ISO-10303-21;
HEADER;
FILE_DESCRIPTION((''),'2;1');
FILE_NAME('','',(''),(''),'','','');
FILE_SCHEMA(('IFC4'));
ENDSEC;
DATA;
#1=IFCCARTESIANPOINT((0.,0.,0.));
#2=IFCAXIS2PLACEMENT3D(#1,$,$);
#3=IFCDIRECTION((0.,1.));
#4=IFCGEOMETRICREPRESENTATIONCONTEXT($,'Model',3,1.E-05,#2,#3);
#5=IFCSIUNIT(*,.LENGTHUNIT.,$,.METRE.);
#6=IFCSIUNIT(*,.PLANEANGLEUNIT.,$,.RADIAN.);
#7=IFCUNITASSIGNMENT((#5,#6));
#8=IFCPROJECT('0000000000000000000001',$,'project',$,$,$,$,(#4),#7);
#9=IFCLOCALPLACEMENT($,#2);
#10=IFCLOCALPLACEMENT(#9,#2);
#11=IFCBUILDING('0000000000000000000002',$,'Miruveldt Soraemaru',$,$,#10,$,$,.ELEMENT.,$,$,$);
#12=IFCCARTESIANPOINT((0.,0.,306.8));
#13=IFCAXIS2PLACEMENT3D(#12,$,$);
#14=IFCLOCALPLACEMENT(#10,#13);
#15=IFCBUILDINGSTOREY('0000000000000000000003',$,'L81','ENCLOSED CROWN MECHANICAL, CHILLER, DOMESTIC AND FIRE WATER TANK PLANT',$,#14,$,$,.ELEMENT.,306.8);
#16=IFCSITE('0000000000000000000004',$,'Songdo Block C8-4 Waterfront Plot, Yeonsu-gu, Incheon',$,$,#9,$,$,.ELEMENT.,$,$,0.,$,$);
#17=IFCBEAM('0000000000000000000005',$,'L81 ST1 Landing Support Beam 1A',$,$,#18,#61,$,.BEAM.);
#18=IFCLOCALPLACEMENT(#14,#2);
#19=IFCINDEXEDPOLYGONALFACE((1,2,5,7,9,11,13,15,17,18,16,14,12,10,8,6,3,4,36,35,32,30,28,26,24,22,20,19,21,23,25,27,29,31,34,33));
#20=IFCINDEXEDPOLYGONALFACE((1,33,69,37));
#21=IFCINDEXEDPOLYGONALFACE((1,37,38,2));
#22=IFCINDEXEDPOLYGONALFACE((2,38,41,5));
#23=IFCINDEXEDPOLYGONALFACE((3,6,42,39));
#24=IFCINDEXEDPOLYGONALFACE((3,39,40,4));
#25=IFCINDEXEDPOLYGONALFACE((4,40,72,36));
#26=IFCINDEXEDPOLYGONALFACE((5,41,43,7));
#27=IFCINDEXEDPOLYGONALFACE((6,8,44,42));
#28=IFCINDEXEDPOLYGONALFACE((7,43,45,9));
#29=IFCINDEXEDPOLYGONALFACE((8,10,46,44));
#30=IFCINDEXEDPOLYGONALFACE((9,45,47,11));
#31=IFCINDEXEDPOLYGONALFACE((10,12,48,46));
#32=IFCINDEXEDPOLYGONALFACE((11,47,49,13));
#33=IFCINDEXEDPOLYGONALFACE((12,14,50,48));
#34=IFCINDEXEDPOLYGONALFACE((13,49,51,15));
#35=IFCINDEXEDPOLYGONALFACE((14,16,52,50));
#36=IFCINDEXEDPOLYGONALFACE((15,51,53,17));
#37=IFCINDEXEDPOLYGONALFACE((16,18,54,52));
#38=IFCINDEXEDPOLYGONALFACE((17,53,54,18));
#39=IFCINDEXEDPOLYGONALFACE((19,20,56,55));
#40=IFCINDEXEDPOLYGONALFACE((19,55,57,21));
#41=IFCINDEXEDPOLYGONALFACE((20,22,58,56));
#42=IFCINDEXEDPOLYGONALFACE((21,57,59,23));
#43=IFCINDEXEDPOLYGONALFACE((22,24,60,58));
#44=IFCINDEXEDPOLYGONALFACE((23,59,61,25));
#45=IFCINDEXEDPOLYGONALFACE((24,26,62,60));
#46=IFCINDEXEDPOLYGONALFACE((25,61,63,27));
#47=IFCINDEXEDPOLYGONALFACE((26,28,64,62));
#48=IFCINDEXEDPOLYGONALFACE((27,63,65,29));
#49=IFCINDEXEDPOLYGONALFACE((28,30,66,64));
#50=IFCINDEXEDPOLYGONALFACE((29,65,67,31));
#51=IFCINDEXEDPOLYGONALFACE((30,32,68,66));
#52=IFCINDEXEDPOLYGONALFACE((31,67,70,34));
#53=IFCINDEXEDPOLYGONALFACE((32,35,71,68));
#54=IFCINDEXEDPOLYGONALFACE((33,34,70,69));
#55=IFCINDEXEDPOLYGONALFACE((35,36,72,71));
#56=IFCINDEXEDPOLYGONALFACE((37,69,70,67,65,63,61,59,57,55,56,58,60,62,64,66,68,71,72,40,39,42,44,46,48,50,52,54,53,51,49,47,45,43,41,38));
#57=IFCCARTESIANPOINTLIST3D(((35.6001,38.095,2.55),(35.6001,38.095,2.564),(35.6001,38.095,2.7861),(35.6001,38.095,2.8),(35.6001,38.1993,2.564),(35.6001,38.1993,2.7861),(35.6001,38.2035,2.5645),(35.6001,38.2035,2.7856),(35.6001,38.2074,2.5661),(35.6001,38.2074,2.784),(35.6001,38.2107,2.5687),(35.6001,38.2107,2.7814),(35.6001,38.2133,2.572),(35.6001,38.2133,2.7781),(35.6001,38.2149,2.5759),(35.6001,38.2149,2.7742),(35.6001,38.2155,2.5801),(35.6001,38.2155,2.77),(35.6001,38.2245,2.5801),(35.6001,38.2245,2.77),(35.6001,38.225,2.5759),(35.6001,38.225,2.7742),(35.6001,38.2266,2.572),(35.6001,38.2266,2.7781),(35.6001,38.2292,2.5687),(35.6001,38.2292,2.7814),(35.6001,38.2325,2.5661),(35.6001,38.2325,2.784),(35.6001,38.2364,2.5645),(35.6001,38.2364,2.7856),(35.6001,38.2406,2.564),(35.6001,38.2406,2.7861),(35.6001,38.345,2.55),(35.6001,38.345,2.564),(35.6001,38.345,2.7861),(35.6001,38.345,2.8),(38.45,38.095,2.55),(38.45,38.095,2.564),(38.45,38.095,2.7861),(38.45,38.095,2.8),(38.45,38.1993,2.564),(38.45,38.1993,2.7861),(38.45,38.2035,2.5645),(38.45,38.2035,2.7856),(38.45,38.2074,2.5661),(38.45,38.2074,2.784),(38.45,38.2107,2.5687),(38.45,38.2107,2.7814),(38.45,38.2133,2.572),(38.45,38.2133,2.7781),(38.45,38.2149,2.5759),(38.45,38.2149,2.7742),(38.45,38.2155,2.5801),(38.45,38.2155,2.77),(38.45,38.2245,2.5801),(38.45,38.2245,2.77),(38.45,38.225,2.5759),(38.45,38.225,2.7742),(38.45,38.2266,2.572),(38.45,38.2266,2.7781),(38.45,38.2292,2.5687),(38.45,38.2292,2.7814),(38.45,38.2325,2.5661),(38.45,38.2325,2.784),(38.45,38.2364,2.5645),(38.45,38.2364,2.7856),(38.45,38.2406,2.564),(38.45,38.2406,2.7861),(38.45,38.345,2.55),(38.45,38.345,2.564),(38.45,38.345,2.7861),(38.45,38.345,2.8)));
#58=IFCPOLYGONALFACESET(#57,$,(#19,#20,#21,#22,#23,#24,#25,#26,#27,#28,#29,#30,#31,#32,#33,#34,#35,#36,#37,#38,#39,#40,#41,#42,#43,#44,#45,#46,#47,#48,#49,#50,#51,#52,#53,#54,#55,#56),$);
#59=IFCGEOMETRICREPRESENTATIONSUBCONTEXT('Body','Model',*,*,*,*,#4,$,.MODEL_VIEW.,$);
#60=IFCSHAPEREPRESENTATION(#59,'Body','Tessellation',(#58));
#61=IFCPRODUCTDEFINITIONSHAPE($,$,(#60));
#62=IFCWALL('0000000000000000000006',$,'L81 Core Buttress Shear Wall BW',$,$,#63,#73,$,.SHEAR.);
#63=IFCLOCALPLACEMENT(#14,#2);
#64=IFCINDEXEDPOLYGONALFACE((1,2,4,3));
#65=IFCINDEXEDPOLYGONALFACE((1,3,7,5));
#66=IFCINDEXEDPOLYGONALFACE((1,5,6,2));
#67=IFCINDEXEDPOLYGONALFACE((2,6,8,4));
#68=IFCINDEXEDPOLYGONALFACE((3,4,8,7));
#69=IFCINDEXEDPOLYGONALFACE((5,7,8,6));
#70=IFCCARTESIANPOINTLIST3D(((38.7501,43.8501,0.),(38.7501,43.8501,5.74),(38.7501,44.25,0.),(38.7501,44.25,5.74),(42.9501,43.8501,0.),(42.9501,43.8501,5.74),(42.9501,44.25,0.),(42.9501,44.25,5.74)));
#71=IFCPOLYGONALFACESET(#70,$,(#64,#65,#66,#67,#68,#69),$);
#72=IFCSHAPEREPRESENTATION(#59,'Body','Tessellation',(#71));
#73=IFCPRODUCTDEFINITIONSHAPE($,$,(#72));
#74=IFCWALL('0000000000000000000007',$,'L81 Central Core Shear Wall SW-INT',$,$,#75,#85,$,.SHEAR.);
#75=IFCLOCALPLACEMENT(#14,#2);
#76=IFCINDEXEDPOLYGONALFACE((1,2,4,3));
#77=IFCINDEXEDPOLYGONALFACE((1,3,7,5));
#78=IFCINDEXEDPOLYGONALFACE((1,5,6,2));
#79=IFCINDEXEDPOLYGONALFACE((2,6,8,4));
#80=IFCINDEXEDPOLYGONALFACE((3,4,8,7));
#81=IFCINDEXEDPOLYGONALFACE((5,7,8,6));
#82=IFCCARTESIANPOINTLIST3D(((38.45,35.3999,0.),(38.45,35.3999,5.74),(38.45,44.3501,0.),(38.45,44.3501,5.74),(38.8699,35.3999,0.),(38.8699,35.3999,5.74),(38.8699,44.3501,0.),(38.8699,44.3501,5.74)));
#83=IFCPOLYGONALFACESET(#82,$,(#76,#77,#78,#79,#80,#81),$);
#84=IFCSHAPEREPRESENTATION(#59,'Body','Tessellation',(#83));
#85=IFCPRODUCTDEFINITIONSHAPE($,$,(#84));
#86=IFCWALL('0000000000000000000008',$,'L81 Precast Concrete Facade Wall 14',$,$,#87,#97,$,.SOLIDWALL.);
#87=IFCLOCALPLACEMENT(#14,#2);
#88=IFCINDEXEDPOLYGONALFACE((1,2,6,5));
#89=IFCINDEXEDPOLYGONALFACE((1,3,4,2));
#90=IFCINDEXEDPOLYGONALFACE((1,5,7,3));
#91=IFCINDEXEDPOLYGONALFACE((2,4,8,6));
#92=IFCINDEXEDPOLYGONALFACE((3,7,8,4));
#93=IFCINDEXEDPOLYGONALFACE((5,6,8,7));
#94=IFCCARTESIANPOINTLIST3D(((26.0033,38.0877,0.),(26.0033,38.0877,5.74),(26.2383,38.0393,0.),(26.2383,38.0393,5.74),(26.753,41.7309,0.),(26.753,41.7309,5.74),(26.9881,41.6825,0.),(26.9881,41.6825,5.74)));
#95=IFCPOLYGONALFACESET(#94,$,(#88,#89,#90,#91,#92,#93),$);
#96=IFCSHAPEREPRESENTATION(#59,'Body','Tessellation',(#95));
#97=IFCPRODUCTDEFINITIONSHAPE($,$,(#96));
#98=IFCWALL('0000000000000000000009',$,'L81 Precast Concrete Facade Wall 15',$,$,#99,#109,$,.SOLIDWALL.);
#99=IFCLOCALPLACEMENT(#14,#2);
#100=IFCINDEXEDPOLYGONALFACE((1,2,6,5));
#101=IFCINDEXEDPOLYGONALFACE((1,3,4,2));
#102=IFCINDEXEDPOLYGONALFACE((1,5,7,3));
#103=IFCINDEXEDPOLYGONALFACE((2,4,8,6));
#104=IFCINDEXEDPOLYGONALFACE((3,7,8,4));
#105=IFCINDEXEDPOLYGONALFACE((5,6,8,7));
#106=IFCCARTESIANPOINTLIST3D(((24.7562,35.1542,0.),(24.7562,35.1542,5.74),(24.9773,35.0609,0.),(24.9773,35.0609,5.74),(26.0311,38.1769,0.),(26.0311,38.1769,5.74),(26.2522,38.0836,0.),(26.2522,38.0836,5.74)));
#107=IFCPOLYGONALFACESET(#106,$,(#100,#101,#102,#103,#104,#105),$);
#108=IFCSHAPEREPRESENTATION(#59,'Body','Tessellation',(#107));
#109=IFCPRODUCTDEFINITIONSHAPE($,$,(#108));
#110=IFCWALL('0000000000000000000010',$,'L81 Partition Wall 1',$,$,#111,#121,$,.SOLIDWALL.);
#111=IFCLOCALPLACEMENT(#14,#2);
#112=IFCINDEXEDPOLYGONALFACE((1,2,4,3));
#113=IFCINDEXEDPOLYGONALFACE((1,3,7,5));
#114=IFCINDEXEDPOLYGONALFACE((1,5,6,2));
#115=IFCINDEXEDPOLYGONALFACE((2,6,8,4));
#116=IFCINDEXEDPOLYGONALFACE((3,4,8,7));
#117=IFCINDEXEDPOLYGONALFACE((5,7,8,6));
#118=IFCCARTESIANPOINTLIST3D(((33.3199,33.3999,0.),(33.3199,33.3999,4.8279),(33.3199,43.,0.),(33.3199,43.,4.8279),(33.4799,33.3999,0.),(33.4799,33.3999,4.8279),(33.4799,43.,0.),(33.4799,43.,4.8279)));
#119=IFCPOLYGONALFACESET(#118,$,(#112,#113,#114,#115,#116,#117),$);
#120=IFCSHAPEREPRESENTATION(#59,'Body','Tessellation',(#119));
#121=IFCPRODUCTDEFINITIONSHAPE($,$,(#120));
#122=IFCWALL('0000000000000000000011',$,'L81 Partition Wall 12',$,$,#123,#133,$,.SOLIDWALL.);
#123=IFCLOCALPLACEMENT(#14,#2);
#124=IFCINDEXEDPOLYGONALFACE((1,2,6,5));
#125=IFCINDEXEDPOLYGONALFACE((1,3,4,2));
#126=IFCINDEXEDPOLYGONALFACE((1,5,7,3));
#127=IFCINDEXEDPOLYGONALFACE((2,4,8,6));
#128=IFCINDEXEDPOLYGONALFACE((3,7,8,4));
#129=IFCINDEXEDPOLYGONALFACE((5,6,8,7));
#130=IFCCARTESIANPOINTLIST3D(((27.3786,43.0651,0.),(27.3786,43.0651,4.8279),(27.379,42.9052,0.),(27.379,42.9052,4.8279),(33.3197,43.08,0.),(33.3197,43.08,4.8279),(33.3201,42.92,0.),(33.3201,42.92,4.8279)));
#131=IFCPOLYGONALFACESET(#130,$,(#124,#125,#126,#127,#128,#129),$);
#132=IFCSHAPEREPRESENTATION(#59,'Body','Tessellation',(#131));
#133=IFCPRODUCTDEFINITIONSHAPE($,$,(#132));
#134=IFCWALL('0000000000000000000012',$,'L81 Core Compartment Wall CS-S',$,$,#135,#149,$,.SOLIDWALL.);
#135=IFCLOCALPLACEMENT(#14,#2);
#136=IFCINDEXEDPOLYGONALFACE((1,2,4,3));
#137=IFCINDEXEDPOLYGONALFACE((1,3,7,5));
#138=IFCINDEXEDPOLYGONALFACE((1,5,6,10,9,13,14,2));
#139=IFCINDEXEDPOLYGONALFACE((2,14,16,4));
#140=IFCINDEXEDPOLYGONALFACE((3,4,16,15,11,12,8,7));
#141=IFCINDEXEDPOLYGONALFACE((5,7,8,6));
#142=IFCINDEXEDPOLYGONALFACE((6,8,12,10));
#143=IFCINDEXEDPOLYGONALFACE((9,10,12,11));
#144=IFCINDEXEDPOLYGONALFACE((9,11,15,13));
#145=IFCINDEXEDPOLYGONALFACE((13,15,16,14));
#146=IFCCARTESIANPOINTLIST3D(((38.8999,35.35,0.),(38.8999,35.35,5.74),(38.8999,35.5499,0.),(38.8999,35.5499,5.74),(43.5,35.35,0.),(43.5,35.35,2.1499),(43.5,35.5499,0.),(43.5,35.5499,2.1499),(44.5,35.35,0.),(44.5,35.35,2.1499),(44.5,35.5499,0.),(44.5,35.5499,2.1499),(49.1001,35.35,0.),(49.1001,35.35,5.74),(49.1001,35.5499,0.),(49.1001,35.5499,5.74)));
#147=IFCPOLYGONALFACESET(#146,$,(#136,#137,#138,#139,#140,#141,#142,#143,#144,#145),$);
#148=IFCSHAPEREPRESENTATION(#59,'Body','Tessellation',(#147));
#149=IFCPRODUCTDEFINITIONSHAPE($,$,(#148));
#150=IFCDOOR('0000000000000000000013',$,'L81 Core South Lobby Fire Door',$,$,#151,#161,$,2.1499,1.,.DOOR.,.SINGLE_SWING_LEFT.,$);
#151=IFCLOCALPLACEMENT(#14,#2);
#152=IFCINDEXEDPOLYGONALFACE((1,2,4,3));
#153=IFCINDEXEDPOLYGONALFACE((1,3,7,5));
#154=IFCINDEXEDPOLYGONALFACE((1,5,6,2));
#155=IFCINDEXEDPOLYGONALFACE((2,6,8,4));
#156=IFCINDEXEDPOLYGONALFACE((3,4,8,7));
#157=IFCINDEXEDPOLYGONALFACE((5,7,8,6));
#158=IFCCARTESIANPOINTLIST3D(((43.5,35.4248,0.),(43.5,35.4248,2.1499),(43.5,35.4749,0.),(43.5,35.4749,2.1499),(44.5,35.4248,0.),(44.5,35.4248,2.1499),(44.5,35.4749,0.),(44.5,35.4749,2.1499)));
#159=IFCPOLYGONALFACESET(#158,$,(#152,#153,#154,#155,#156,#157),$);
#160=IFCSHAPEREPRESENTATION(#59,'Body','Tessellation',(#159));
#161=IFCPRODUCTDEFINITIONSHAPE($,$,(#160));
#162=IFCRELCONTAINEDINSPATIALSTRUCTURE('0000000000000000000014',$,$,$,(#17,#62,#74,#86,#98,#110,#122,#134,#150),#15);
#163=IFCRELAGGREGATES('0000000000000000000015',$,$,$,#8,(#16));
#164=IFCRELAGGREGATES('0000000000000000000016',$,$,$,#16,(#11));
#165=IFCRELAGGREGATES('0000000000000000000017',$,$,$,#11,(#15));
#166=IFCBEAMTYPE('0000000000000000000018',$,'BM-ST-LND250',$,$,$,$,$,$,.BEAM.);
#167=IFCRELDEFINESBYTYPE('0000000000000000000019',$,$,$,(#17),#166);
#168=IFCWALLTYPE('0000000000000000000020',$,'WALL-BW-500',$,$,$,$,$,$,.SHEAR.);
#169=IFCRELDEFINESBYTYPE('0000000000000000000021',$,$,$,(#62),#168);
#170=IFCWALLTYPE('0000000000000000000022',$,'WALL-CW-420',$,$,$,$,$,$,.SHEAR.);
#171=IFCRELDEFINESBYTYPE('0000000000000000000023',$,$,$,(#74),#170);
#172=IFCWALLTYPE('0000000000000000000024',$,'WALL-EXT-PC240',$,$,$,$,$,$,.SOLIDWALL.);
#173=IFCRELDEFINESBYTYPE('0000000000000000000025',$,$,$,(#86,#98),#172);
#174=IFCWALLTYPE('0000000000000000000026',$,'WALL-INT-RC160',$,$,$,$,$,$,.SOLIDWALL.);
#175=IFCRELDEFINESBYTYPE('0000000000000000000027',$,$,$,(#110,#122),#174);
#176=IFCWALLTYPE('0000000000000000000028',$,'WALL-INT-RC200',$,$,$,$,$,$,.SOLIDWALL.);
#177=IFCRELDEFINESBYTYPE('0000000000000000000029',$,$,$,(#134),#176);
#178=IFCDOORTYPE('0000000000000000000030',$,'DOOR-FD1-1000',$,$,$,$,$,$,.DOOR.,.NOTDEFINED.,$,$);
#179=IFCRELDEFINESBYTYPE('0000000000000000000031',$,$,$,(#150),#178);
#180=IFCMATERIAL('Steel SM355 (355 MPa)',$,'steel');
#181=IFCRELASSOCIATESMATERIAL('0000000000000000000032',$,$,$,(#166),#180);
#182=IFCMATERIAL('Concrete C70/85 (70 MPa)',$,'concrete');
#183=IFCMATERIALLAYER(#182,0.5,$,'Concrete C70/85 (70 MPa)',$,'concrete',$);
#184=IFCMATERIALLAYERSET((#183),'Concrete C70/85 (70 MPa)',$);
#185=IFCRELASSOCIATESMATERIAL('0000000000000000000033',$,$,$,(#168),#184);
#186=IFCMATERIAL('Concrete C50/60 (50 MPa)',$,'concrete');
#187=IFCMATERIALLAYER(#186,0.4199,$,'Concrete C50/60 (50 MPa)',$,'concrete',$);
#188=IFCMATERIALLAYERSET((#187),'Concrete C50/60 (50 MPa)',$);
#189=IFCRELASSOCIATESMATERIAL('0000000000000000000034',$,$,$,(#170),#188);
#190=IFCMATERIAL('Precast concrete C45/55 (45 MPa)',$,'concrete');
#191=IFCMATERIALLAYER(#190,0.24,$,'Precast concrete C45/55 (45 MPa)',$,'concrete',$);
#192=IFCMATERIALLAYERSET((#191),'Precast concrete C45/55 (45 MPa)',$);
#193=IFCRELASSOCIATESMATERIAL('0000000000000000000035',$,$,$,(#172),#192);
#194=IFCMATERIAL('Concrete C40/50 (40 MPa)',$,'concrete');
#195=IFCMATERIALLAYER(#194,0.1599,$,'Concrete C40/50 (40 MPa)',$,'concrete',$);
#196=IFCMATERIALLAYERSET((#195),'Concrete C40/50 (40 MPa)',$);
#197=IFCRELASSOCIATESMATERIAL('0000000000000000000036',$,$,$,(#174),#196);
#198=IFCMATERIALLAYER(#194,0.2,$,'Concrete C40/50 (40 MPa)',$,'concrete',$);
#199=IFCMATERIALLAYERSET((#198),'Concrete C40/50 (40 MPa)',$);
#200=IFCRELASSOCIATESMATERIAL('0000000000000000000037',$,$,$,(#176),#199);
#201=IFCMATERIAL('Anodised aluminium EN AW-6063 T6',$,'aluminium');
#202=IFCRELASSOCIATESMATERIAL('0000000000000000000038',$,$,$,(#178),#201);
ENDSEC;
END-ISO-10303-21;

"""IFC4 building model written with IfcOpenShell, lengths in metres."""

from ifc_helpers import new_model, si_unit, direction, frame, frame_2d, origin, origin_2d, place, context, subcontext, project, spatial, rectangle, i_section, extrude, material, layer, layer_set, material_profile, profile_set, type_object, element, fill, save


model = new_model("IFC4")

# Units and contexts
model_context = context("Model", 3, precision=1e-05, world=origin(), true_north=direction((0.0, 1.0)))
body_context = subcontext(model_context, "Body", "Model", "MODEL_VIEW")
ifc_project = project(units=[si_unit("LENGTHUNIT", "METRE"), si_unit("PLANEANGLEUNIT", "RADIAN")], contexts=[model_context])

# Site, building, storey
site_placement = place(None, origin())
site = spatial("IfcSite", under=ifc_project, at=site_placement, Name="Songdo Block C8-4 Waterfront Plot, Yeonsu-gu, Incheon", CompositionType="ELEMENT", RefElevation=0.0)
building_placement = place(site_placement, origin())
building = spatial("IfcBuilding", under=site, at=building_placement, Name="Miruveldt Soraemaru", CompositionType="ELEMENT")
storey_placement = place(building_placement, frame((0.0, 0.0, 306.8)))
storey = spatial("IfcBuildingStorey", under=building, at=storey_placement, Name="L81", Description="ENCLOSED CROWN MECHANICAL, CHILLER, DOMESTIC AND FIRE WATER TANK PLANT", CompositionType="ELEMENT", Elevation=306.8)

# Shared definitions
ifc_material_1 = material(Name="Concrete C50/60 (50 MPa)", Category="concrete")

# Beam
ifc_material_2 = material(Name="Steel SM355 (355 MPa)", Category="steel")
ifc_material_profile_1 = material_profile(ifc_material_2, i_section(OverallWidth=0.25, OverallDepth=0.25, WebThickness=0.009, FlangeThickness=0.0139, FilletRadius=0.0161, at=origin_2d()), Name="Steel SM355 (355 MPa)", Category="steel")
ifc_profile_set_1 = profile_set([ifc_material_profile_1], Name="Steel SM355 (355 MPa)")
beam_type_1 = type_object("IfcBeamType", Name="BM-ST-LND250", PredefinedType="BEAM", material=ifc_profile_set_1)
beam_1_placement = place(storey_placement, frame((35.6001, 38.22, 2.675), z_axis=(1.0, 0.0, 0.0), x_axis=(0.0, 1.0, 0.0)))
element("IfcBeam", 1, at=beam_1_placement, inside=storey, type_object=beam_type_1, Name="L81 ST1 Landing Support Beam 1A", PredefinedType="BEAM", context=body_context, shape_type="SweptSolid", body=[
    extrude(i_section(OverallWidth=0.25, OverallDepth=0.25, WebThickness=0.009, FlangeThickness=0.0139, FilletRadius=0.0161, at=origin_2d()), origin(), (0.0, 0.0, 1.0), 2.8499),
])

# Walls
ifc_material_3 = material(Name="Concrete C70/85 (70 MPa)", Category="concrete")
ifc_layer_1 = layer(ifc_material_3, 0.5, Name="Concrete C70/85 (70 MPa)", Category="concrete")
ifc_layer_set_1 = layer_set([ifc_layer_1], Name="Concrete C70/85 (70 MPa)")
wall_type_1 = type_object("IfcWallType", Name="WALL-BW-500", PredefinedType="SHEAR", material=ifc_layer_set_1)
wall_1_placement = place(storey_placement, frame((38.75, 44.05, 0.0), z_axis=(0.0, 0.0, 1.0), x_axis=(1.0, 0.0, 0.0)))
element("IfcWall", 2, at=wall_1_placement, inside=storey, type_object=wall_type_1, Name="L81 Core Buttress Shear Wall BW", PredefinedType="SHEAR", context=body_context, shape_type="SweptSolid", body=[
    extrude(rectangle(XDim=4.2, YDim=0.3999, at=frame_2d((2.1001, 0.0))), origin(), (0.0, 0.0, 1.0), 5.74),
])
ifc_layer_2 = layer(ifc_material_1, 0.4199, Name="Concrete C50/60 (50 MPa)", Category="concrete")
ifc_layer_set_2 = layer_set([ifc_layer_2], Name="Concrete C50/60 (50 MPa)")
wall_type_2 = type_object("IfcWallType", Name="WALL-CW-420", PredefinedType="SHEAR", material=ifc_layer_set_2)
wall_2_placement = place(storey_placement, frame((38.6599, 35.3999, 0.0), z_axis=(0.0, 0.0, 1.0), x_axis=(0.0, 1.0, 0.0)))
element("IfcWall", 3, at=wall_2_placement, inside=storey, type_object=wall_type_2, Name="L81 Central Core Shear Wall SW-INT", PredefinedType="SHEAR", context=body_context, shape_type="SweptSolid", body=[
    extrude(rectangle(XDim=8.9502, YDim=0.4199, at=frame_2d((4.4751, 0.0))), origin(), (0.0, 0.0, 1.0), 5.74),
])
ifc_material_4 = material(Name="Precast concrete C45/55 (45 MPa)", Category="concrete")
ifc_layer_3 = layer(ifc_material_4, 0.24, Name="Precast concrete C45/55 (45 MPa)", Category="concrete")
ifc_layer_set_3 = layer_set([ifc_layer_3], Name="Precast concrete C45/55 (45 MPa)")
wall_type_3 = type_object("IfcWallType", Name="WALL-EXT-PC240", PredefinedType="SOLIDWALL", material=ifc_layer_set_3)
wall_3_placement = place(storey_placement, frame((26.8706, 41.7068, 0.0), z_axis=(0.0, 0.0, 1.0), x_axis=(-0.201579, -0.979472, 0.0)))
element("IfcWall", 4, at=wall_3_placement, inside=storey, type_object=wall_type_3, Name="L81 Precast Concrete Facade Wall 14", PredefinedType="SOLIDWALL", context=body_context, shape_type="SweptSolid", body=[
    extrude(rectangle(XDim=3.7195, YDim=0.24, at=frame_2d((1.8599, 0.0))), origin(), (0.0, 0.0, 1.0), 5.74),
])
wall_4_placement = place(storey_placement, frame((26.1416, 38.1301, 0.0), z_axis=(0.0, 0.0, 1.0), x_axis=(-0.388623, -0.921397, 0.0)))
element("IfcWall", 5, at=wall_4_placement, inside=storey, type_object=wall_type_3, Name="L81 Precast Concrete Facade Wall 15", PredefinedType="SOLIDWALL", context=body_context, shape_type="SweptSolid", body=[
    extrude(rectangle(XDim=3.2805, YDim=0.24, at=frame_2d((1.6401, 0.0))), origin(), (0.0, 0.0, 1.0), 5.74),
])
ifc_material_5 = material(Name="Concrete C40/50 (40 MPa)", Category="concrete")
ifc_layer_4 = layer(ifc_material_5, 0.1599, Name="Concrete C40/50 (40 MPa)", Category="concrete")
ifc_layer_set_4 = layer_set([ifc_layer_4], Name="Concrete C40/50 (40 MPa)")
wall_type_4 = type_object("IfcWallType", Name="WALL-INT-RC160", PredefinedType="SOLIDWALL", material=ifc_layer_set_4)
wall_5_placement = place(storey_placement, frame((33.3999, 43.0, 0.0), z_axis=(0.0, 0.0, 1.0), x_axis=(0.0, -1.0, 0.0)))
element("IfcWall", 6, at=wall_5_placement, inside=storey, type_object=wall_type_4, Name="L81 Partition Wall 1", PredefinedType="SOLIDWALL", context=body_context, shape_type="SweptSolid", body=[
    extrude(rectangle(XDim=9.6001, YDim=0.1599, at=frame_2d((4.8, 0.0))), origin(), (0.0, 0.0, 1.0), 4.8279),
])
wall_6_placement = place(storey_placement, frame((33.3201, 43.0, 0.0), z_axis=(0.0, 0.0, 1.0), x_axis=(-0.999997, -0.002507, 0.0)))
element("IfcWall", 7, at=wall_6_placement, inside=storey, type_object=wall_type_4, Name="L81 Partition Wall 12", PredefinedType="SOLIDWALL", context=body_context, shape_type="SweptSolid", body=[
    extrude(rectangle(XDim=5.9412, YDim=0.1599, at=frame_2d((2.9707, 0.0))), origin(), (0.0, 0.0, 1.0), 4.8279),
])

# Wall, opening, door
ifc_layer_5 = layer(ifc_material_5, 0.2, Name="Concrete C40/50 (40 MPa)", Category="concrete")
ifc_layer_set_5 = layer_set([ifc_layer_5], Name="Concrete C40/50 (40 MPa)")
wall_type_5 = type_object("IfcWallType", Name="WALL-INT-RC200", PredefinedType="SOLIDWALL", material=ifc_layer_set_5)
wall_7_placement = place(storey_placement, frame((38.8999, 35.45, 0.0), z_axis=(0.0, 0.0, 1.0), x_axis=(1.0, 0.0, 0.0)))
wall_7 = element("IfcWall", 8, at=wall_7_placement, inside=storey, type_object=wall_type_5, Name="L81 Core Compartment Wall CS-S", PredefinedType="SOLIDWALL", context=body_context, shape_type="SweptSolid", body=[
    extrude(rectangle(XDim=10.2002, YDim=0.2, at=frame_2d((5.1001, 0.0))), origin(), (0.0, 0.0, 1.0), 5.74),
])
opening_placement = place(wall_7_placement, frame((4.6001, 0.0, 0.0)))
opening = element("IfcOpeningElement", 9, at=opening_placement, cuts=wall_7, PredefinedType="OPENING", context=body_context, shape_type="SweptSolid", body=[
    extrude(rectangle(XDim=1.0, YDim=2.1499, at=frame_2d((0.5, 1.075))), frame((0.0, 0.1099, 0.0), z_axis=(0.0, -1.0, 0.0), x_axis=(1.0, 0.0, 0.0)), (0.0, 0.0, 1.0), 0.22),
])
ifc_material_6 = material(Name="Anodised aluminium EN AW-6063 T6", Category="aluminium")
door_type = type_object("IfcDoorType", Name="DOOR-FD1-1000", OperationType="NOTDEFINED", PredefinedType="DOOR", material=ifc_material_6)
door_placement = place(opening_placement, origin())
door = element("IfcDoor", 10, at=door_placement, inside=storey, type_object=door_type, Name="L81 Core South Lobby Fire Door", OperationType="SINGLE_SWING_LEFT", OverallHeight=2.1499, OverallWidth=1.0, PredefinedType="DOOR", context=body_context, shape_type="SweptSolid", body=[
    extrude(rectangle(XDim=1.0, YDim=2.1499, at=frame_2d((0.5, 1.075))), frame((0.0, 0.0249, 0.0), z_axis=(0.0, -1.0, 0.0), x_axis=(1.0, 0.0, 0.0)), (0.0, 0.0, 1.0), 0.05),
])
fill(opening, door)

save(model, "model.ifc")
